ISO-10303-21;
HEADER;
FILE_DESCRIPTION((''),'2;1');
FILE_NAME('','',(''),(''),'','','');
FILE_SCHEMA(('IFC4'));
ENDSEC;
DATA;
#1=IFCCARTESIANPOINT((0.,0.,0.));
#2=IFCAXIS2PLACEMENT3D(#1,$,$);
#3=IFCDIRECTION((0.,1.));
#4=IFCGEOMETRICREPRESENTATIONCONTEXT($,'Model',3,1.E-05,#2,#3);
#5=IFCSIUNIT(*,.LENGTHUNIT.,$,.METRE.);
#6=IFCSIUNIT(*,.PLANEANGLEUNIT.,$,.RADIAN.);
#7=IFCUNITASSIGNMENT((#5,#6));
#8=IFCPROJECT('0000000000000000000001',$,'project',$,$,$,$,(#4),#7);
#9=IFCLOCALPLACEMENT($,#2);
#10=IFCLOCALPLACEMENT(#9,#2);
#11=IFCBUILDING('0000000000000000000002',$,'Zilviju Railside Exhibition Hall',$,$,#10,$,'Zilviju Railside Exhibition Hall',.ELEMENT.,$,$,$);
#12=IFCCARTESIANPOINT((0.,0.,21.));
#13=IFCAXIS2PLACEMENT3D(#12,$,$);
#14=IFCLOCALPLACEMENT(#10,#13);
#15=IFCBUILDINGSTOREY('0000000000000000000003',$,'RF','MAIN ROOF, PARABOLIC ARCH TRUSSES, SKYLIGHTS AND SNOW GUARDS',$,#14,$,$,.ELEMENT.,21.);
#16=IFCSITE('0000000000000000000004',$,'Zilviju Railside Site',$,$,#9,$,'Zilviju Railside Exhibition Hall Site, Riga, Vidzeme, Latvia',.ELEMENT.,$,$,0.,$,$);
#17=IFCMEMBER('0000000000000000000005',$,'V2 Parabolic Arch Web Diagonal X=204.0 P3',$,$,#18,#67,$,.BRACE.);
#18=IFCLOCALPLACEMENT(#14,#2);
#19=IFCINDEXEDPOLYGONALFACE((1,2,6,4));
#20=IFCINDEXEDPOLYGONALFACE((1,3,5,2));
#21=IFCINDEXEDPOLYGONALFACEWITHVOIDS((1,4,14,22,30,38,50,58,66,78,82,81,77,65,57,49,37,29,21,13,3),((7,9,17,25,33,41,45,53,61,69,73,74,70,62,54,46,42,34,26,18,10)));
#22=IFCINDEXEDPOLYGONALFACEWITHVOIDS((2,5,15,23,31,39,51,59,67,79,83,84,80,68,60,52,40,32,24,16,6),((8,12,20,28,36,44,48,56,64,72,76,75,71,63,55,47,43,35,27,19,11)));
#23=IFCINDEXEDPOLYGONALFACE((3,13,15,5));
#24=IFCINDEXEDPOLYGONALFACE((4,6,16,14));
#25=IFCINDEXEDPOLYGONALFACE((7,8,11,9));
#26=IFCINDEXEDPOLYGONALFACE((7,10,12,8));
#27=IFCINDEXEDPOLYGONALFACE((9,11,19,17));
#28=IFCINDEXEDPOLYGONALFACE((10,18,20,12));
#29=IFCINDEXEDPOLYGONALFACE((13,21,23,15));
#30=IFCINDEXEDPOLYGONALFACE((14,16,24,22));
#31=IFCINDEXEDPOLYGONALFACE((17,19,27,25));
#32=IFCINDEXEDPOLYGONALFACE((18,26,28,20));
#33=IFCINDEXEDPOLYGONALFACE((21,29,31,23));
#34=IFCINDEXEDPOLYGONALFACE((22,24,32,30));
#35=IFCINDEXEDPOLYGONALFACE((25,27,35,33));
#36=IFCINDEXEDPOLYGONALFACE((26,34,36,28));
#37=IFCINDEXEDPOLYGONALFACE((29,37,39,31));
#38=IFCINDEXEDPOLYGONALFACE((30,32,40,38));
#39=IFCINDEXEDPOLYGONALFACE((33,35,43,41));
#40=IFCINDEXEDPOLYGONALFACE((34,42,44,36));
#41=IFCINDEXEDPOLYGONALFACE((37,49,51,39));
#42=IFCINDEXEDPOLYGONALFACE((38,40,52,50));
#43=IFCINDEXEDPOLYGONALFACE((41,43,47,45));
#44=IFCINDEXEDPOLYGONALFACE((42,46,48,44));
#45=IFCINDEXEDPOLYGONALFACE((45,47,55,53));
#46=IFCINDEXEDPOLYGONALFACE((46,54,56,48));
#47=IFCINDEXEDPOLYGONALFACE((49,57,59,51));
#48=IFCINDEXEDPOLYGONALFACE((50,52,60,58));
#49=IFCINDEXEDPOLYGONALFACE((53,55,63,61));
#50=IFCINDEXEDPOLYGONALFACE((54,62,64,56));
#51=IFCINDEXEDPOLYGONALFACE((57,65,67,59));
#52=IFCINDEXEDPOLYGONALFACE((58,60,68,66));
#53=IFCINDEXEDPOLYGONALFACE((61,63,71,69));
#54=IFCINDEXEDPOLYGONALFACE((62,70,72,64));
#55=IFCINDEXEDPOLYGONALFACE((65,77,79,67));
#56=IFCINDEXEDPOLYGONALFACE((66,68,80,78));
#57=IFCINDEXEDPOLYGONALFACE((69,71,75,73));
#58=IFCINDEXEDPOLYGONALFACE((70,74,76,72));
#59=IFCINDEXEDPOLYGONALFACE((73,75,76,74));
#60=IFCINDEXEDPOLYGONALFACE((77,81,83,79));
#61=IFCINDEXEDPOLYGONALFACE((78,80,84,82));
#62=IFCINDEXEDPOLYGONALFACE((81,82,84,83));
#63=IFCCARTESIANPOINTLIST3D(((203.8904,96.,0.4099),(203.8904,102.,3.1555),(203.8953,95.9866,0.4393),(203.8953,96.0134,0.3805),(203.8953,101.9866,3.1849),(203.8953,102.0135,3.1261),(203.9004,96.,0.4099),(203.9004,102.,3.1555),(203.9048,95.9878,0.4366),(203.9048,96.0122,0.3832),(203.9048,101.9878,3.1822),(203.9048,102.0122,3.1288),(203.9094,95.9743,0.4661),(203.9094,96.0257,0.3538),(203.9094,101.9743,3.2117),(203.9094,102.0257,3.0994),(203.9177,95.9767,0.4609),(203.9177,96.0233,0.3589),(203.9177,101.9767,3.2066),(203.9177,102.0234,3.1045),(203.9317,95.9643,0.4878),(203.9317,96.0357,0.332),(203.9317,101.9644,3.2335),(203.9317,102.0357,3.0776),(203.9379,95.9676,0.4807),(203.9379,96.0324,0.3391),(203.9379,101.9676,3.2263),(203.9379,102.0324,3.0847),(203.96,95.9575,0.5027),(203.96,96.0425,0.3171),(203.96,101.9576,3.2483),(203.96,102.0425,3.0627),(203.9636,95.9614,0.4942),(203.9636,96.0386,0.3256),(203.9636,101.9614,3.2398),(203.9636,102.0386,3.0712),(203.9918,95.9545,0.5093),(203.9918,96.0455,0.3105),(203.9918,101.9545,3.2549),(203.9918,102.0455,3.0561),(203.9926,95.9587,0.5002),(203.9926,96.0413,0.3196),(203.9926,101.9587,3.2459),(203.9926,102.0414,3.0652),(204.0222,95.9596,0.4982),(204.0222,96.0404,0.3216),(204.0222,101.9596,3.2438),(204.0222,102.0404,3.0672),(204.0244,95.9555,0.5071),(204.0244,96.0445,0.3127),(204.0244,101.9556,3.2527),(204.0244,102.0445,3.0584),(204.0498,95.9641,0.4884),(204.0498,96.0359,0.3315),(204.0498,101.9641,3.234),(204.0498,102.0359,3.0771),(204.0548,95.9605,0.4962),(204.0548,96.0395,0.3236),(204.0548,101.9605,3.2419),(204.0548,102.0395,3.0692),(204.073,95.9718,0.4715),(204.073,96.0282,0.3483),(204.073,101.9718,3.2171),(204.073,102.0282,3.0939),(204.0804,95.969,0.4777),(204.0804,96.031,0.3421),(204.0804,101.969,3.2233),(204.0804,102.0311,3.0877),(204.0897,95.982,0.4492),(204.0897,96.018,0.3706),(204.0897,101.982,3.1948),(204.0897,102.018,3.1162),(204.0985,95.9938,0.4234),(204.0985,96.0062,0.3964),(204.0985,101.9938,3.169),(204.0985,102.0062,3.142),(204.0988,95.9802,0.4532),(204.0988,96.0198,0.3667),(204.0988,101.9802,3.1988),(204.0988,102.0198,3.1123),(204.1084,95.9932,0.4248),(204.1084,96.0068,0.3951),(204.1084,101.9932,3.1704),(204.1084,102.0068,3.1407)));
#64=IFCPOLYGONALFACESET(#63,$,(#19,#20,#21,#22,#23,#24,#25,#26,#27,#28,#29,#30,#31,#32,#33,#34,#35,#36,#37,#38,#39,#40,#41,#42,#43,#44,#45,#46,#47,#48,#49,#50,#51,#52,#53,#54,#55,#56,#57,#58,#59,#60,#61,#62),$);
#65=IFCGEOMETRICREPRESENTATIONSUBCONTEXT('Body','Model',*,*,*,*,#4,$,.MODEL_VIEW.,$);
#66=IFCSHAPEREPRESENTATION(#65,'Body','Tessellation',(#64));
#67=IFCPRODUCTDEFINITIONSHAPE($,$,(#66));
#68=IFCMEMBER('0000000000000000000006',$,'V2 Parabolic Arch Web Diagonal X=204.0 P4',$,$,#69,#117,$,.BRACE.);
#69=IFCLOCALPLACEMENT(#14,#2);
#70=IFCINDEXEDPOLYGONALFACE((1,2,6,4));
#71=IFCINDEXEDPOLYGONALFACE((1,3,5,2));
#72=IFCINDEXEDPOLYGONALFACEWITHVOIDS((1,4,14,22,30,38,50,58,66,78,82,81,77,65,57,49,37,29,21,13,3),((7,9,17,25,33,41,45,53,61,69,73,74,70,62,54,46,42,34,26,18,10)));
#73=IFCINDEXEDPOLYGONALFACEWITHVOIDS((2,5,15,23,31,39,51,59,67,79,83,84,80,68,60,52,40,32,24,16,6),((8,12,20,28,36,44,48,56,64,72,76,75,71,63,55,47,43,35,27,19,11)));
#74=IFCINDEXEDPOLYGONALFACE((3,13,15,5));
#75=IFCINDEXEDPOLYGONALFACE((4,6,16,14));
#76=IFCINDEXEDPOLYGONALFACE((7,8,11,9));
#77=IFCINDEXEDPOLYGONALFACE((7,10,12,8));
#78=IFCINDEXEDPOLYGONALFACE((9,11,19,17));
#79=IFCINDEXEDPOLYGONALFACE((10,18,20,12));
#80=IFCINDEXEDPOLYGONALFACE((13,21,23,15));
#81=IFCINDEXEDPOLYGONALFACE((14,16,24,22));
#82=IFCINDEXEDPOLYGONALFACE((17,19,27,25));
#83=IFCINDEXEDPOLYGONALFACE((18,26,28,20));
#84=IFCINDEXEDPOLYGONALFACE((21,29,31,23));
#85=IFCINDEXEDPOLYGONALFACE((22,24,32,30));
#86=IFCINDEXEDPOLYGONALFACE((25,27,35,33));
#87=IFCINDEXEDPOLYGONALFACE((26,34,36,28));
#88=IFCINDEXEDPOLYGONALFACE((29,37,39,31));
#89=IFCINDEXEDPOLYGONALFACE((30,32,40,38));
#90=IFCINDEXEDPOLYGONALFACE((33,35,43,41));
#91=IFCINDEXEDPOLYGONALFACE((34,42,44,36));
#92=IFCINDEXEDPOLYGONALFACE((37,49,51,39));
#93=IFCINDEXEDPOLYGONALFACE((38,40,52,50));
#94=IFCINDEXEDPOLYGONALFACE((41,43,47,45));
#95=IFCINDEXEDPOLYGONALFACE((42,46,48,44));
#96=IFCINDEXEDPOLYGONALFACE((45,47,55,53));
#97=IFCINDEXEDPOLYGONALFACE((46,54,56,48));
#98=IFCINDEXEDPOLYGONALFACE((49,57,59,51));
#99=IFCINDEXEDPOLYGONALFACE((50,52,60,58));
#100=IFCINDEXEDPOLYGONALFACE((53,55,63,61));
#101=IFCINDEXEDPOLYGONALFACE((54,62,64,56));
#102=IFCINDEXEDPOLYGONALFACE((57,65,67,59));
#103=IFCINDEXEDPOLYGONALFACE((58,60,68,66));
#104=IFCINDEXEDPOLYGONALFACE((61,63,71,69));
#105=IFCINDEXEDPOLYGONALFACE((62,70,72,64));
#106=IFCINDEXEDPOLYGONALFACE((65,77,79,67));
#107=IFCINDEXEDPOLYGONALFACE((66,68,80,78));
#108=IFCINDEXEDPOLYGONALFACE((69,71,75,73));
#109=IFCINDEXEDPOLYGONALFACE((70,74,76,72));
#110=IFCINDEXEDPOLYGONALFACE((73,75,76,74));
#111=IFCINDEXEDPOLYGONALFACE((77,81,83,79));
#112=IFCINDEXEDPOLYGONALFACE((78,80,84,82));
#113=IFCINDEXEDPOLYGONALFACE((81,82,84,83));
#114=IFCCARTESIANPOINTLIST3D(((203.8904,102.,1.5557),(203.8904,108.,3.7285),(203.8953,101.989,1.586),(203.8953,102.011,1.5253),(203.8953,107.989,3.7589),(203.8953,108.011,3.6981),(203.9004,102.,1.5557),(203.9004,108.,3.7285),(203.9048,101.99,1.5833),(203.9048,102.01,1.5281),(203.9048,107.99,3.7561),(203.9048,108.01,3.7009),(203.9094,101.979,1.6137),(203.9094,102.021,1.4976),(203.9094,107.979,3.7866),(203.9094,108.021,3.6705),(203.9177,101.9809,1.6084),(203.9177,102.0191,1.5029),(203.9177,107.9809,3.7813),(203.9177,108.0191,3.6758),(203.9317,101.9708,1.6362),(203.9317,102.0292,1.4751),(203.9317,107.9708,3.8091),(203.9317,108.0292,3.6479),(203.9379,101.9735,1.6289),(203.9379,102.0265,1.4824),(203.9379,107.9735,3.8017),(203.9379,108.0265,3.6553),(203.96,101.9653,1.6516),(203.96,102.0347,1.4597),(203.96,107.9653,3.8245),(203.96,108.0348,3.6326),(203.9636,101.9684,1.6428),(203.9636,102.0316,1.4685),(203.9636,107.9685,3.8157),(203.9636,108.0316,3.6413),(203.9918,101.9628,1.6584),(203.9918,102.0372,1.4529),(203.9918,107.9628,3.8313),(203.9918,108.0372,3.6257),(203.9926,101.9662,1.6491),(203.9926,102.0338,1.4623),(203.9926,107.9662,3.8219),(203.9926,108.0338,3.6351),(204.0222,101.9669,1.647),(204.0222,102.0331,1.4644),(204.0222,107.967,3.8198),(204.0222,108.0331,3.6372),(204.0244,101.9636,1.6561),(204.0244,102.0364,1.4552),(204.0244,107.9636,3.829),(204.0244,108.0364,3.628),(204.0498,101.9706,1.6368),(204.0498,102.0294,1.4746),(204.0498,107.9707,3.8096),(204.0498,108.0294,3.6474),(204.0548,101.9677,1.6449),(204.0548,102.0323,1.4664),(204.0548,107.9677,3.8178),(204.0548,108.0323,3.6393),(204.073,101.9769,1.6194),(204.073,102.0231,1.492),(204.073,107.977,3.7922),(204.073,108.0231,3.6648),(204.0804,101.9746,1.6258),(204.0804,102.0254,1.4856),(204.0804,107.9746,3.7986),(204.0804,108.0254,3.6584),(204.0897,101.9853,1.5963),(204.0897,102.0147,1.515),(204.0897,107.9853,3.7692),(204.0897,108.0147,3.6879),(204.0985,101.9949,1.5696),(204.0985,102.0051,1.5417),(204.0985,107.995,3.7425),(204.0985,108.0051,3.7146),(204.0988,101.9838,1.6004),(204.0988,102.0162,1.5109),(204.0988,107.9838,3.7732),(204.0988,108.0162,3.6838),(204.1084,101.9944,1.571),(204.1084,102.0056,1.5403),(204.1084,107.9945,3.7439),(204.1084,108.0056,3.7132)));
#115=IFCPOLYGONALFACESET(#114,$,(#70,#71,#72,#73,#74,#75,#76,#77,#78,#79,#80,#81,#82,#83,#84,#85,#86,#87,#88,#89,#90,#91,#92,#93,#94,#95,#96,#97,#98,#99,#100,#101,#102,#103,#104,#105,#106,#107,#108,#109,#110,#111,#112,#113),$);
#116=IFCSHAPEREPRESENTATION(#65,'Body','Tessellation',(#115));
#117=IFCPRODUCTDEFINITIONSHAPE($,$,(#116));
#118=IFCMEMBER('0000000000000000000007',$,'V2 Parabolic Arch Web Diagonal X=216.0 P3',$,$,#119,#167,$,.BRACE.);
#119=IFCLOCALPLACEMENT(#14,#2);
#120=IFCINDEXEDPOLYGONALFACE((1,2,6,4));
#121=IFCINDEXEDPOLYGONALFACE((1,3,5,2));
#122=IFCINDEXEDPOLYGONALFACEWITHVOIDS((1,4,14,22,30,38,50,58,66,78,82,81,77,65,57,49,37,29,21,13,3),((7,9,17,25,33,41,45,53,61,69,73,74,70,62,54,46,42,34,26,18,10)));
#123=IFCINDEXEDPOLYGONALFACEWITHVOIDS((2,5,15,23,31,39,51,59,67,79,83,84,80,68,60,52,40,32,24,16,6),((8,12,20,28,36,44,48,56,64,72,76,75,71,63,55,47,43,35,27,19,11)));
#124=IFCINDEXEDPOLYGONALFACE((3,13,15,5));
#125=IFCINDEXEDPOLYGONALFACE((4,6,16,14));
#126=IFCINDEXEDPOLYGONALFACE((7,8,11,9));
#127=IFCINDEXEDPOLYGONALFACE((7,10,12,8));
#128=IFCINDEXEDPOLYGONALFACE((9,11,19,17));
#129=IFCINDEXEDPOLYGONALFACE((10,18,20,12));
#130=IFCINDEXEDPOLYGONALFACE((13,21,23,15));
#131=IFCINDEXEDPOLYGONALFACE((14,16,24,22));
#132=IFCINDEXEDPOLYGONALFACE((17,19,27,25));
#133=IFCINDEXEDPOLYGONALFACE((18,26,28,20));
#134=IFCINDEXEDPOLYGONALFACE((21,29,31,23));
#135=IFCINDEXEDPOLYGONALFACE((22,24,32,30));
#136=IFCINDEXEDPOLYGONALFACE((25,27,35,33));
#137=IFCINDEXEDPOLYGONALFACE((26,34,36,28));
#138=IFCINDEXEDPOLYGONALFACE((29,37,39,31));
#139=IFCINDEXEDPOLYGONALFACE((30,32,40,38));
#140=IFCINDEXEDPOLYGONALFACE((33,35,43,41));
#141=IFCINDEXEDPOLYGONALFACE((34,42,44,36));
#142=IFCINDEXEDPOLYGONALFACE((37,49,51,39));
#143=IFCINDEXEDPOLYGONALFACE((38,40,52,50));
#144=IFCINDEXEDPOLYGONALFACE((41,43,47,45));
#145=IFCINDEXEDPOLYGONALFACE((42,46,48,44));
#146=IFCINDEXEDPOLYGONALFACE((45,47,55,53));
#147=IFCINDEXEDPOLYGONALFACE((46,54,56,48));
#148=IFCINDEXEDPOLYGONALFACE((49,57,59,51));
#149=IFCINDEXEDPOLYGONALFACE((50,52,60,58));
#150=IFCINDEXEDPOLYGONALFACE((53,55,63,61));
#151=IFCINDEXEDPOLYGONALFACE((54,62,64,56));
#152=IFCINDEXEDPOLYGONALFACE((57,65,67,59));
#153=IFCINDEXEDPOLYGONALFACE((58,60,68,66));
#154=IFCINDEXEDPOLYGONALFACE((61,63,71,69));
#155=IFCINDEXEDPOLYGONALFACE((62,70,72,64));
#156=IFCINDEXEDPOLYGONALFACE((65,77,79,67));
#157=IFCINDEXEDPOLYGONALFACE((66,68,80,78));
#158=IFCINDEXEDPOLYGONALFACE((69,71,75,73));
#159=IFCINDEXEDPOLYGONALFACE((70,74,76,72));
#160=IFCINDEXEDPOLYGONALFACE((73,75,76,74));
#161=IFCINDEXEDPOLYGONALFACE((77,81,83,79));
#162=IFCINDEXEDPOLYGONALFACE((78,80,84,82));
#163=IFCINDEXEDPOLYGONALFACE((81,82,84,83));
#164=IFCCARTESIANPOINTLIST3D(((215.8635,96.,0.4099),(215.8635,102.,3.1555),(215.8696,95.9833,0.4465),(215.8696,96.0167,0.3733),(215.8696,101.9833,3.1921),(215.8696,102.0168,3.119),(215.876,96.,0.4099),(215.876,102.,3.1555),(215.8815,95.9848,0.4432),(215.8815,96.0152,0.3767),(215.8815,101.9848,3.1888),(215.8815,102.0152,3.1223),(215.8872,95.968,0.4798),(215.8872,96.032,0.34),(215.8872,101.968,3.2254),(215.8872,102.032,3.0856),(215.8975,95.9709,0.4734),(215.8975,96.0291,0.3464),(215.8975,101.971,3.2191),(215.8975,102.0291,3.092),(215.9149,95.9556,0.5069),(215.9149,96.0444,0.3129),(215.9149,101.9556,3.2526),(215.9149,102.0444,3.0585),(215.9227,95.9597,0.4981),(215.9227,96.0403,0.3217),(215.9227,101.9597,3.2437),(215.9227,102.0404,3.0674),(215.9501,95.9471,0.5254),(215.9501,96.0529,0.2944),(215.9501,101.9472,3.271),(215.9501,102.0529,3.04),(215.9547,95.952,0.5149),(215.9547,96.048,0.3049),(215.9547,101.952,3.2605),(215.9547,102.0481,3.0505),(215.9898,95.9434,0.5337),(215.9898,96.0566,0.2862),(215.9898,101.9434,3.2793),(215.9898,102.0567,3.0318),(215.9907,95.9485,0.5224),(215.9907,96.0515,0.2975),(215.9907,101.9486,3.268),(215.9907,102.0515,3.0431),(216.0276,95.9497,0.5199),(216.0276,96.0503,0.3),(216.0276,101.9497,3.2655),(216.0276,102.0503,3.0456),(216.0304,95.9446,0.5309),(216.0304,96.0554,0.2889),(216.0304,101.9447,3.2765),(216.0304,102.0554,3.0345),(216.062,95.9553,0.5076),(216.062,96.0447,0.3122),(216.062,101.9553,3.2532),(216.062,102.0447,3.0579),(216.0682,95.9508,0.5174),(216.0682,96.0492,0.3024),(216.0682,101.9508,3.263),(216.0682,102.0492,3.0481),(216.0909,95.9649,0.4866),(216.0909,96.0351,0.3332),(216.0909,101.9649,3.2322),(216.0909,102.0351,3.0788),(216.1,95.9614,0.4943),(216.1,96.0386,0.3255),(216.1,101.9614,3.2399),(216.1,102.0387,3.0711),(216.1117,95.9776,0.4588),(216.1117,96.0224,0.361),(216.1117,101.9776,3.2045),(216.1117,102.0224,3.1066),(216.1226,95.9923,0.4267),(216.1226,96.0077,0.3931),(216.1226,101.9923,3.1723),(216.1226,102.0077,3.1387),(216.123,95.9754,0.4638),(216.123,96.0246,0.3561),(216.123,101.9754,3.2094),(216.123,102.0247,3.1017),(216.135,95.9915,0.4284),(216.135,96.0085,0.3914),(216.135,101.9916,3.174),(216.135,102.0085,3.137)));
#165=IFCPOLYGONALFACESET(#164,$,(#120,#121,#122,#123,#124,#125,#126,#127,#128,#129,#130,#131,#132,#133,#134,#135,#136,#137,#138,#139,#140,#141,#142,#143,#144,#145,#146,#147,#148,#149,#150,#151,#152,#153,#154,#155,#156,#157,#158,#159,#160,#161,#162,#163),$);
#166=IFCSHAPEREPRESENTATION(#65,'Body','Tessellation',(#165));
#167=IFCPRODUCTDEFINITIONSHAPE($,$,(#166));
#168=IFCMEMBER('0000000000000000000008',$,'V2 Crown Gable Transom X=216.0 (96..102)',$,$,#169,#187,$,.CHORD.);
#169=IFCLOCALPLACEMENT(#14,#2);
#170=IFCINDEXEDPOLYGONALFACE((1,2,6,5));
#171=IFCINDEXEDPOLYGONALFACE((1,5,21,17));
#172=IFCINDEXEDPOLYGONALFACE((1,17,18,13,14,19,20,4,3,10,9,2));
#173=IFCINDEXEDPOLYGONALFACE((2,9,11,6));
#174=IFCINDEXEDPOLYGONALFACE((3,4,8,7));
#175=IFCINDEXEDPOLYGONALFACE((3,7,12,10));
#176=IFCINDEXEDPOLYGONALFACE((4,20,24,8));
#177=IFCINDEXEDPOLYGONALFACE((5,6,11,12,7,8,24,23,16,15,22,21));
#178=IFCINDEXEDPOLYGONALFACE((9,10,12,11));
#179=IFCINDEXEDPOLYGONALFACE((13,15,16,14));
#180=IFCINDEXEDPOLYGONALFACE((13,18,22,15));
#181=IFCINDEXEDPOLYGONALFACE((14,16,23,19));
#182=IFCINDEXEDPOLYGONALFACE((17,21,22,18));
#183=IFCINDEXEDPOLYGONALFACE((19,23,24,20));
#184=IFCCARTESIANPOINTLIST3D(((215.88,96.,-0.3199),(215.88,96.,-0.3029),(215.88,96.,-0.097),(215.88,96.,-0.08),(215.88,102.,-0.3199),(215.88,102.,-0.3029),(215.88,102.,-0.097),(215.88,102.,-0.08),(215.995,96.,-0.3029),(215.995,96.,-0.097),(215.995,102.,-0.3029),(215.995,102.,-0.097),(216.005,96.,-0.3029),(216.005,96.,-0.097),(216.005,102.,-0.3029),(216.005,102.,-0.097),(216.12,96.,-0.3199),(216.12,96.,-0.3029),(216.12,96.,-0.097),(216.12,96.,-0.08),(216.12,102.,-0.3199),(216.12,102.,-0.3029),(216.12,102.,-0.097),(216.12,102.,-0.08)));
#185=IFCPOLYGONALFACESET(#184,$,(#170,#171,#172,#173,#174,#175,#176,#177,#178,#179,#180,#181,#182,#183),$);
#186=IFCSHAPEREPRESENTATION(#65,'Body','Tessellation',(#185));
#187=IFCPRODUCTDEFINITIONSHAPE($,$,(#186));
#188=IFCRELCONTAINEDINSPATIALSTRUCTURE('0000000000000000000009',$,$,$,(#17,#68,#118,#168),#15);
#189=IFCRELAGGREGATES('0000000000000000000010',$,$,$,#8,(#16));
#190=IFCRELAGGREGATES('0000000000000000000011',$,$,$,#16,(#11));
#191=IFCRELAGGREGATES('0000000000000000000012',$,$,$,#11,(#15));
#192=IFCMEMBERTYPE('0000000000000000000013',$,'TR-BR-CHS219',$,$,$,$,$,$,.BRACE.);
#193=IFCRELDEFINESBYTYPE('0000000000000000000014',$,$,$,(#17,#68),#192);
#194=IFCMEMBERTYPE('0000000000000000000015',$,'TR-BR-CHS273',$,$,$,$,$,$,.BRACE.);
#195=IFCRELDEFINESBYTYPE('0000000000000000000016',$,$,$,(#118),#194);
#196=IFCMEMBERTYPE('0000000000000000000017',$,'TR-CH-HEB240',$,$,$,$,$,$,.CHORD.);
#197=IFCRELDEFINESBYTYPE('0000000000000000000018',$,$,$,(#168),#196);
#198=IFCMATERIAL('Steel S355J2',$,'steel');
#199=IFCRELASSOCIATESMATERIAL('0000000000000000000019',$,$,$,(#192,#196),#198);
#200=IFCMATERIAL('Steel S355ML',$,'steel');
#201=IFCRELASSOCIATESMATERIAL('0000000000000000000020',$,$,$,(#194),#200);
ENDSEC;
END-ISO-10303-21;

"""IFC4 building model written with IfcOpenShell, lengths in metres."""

from ifc_helpers import new_model, si_unit, direction, frame, origin, origin_2d, place, context, subcontext, project, spatial, hollow_circle, i_section, extrude, material, material_profile, profile_set, type_object, element, save


model = new_model("IFC4")

# Units and contexts
model_context = context("Model", 3, precision=1e-05, world=origin(), true_north=direction((0.0, 1.0)))
body_context = subcontext(model_context, "Body", "Model", "MODEL_VIEW")
ifc_project = project(units=[si_unit("LENGTHUNIT", "METRE"), si_unit("PLANEANGLEUNIT", "RADIAN")], contexts=[model_context])

# Site, building, storey
site_placement = place(None, origin())
site = spatial("IfcSite", under=ifc_project, at=site_placement, Name="Zilviju Railside Site", LongName="Zilviju Railside Exhibition Hall Site, Riga, Vidzeme, Latvia", CompositionType="ELEMENT", RefElevation=0.0)
building_placement = place(site_placement, origin())
building = spatial("IfcBuilding", under=site, at=building_placement, Name="Zilviju Railside Exhibition Hall", LongName="Zilviju Railside Exhibition Hall", CompositionType="ELEMENT")
storey_placement = place(building_placement, frame((0.0, 0.0, 21.0)))
storey = spatial("IfcBuildingStorey", under=building, at=storey_placement, Name="RF", Description="MAIN ROOF, PARABOLIC ARCH TRUSSES, SKYLIGHTS AND SNOW GUARDS", CompositionType="ELEMENT", Elevation=21.0)

# Members
ifc_material_1 = material(Name="Steel S355J2", Category="steel")
ifc_material_profile_1 = material_profile(ifc_material_1, hollow_circle(Radius=0.1096, WallThickness=0.01, at=origin_2d()), Name="CHS 219.1x10.0")
ifc_profile_set_1 = profile_set([ifc_material_profile_1], Name="Steel S355J2")
member_type_1 = type_object("IfcMemberType", Name="TR-BR-CHS219", PredefinedType="BRACE", material=ifc_profile_set_1)
member_1_placement = place(storey_placement, frame((204.0, 96.0, 0.4099), z_axis=(0.0, 0.909317, 0.416104), x_axis=(-1.0, 0.0, 0.0)))
element("IfcMember", 1, at=member_1_placement, inside=storey, type_object=member_type_1, Name="V2 Parabolic Arch Web Diagonal X=204.0 P3", PredefinedType="BRACE", context=body_context, shape_type="SweptSolid", body=[
    extrude(hollow_circle(Radius=0.1096, WallThickness=0.01, at=origin_2d()), origin(), (0.0, 0.0, 1.0), 6.5984),
])
member_2_placement = place(storey_placement, frame((204.0, 102.0, 1.5557), z_axis=(0.0, 0.940244, 0.340502), x_axis=(-1.0, 0.0, 0.0)))
element("IfcMember", 2, at=member_2_placement, inside=storey, type_object=member_type_1, Name="V2 Parabolic Arch Web Diagonal X=204.0 P4", PredefinedType="BRACE", context=body_context, shape_type="SweptSolid", body=[
    extrude(hollow_circle(Radius=0.1096, WallThickness=0.01, at=origin_2d()), origin(), (0.0, 0.0, 1.0), 6.3813),
])
ifc_material_2 = material(Name="Steel S355ML", Category="steel")
ifc_material_profile_2 = material_profile(ifc_material_2, hollow_circle(Radius=0.1365, WallThickness=0.0125, at=origin_2d()), Name="CHS 273.0x12.5")
ifc_profile_set_2 = profile_set([ifc_material_profile_2], Name="Steel S355ML")
member_type_2 = type_object("IfcMemberType", Name="TR-BR-CHS273", PredefinedType="BRACE", material=ifc_profile_set_2)
member_3_placement = place(storey_placement, frame((216.0, 96.0, 0.4099), z_axis=(0.0, 0.909317, 0.416104), x_axis=(-1.0, 0.0, 0.0)))
element("IfcMember", 3, at=member_3_placement, inside=storey, type_object=member_type_2, Name="V2 Parabolic Arch Web Diagonal X=216.0 P3", PredefinedType="BRACE", context=body_context, shape_type="SweptSolid", body=[
    extrude(hollow_circle(Radius=0.1365, WallThickness=0.0125, at=origin_2d()), origin(), (0.0, 0.0, 1.0), 6.5984),
])
ifc_material_profile_3 = material_profile(ifc_material_1, i_section(OverallWidth=0.24, OverallDepth=0.24, WebThickness=0.01, FlangeThickness=0.0171, at=origin_2d()), Name="HEB 240")
ifc_profile_set_3 = profile_set([ifc_material_profile_3], Name="Steel S355J2")
member_type_3 = type_object("IfcMemberType", Name="TR-CH-HEB240", PredefinedType="CHORD", material=ifc_profile_set_3)
member_4_placement = place(storey_placement, frame((216.0, 96.0, -0.2), z_axis=(0.0, 1.0, 0.0), x_axis=(-1.0, 0.0, 0.0)))
element("IfcMember", 4, at=member_4_placement, inside=storey, type_object=member_type_3, Name="V2 Crown Gable Transom X=216.0 (96..102)", PredefinedType="CHORD", context=body_context, shape_type="SweptSolid", body=[
    extrude(i_section(OverallWidth=0.24, OverallDepth=0.24, WebThickness=0.01, FlangeThickness=0.0171, at=origin_2d()), origin(), (0.0, 0.0, 1.0), 6.0),
])

save(model, "model.ifc")
